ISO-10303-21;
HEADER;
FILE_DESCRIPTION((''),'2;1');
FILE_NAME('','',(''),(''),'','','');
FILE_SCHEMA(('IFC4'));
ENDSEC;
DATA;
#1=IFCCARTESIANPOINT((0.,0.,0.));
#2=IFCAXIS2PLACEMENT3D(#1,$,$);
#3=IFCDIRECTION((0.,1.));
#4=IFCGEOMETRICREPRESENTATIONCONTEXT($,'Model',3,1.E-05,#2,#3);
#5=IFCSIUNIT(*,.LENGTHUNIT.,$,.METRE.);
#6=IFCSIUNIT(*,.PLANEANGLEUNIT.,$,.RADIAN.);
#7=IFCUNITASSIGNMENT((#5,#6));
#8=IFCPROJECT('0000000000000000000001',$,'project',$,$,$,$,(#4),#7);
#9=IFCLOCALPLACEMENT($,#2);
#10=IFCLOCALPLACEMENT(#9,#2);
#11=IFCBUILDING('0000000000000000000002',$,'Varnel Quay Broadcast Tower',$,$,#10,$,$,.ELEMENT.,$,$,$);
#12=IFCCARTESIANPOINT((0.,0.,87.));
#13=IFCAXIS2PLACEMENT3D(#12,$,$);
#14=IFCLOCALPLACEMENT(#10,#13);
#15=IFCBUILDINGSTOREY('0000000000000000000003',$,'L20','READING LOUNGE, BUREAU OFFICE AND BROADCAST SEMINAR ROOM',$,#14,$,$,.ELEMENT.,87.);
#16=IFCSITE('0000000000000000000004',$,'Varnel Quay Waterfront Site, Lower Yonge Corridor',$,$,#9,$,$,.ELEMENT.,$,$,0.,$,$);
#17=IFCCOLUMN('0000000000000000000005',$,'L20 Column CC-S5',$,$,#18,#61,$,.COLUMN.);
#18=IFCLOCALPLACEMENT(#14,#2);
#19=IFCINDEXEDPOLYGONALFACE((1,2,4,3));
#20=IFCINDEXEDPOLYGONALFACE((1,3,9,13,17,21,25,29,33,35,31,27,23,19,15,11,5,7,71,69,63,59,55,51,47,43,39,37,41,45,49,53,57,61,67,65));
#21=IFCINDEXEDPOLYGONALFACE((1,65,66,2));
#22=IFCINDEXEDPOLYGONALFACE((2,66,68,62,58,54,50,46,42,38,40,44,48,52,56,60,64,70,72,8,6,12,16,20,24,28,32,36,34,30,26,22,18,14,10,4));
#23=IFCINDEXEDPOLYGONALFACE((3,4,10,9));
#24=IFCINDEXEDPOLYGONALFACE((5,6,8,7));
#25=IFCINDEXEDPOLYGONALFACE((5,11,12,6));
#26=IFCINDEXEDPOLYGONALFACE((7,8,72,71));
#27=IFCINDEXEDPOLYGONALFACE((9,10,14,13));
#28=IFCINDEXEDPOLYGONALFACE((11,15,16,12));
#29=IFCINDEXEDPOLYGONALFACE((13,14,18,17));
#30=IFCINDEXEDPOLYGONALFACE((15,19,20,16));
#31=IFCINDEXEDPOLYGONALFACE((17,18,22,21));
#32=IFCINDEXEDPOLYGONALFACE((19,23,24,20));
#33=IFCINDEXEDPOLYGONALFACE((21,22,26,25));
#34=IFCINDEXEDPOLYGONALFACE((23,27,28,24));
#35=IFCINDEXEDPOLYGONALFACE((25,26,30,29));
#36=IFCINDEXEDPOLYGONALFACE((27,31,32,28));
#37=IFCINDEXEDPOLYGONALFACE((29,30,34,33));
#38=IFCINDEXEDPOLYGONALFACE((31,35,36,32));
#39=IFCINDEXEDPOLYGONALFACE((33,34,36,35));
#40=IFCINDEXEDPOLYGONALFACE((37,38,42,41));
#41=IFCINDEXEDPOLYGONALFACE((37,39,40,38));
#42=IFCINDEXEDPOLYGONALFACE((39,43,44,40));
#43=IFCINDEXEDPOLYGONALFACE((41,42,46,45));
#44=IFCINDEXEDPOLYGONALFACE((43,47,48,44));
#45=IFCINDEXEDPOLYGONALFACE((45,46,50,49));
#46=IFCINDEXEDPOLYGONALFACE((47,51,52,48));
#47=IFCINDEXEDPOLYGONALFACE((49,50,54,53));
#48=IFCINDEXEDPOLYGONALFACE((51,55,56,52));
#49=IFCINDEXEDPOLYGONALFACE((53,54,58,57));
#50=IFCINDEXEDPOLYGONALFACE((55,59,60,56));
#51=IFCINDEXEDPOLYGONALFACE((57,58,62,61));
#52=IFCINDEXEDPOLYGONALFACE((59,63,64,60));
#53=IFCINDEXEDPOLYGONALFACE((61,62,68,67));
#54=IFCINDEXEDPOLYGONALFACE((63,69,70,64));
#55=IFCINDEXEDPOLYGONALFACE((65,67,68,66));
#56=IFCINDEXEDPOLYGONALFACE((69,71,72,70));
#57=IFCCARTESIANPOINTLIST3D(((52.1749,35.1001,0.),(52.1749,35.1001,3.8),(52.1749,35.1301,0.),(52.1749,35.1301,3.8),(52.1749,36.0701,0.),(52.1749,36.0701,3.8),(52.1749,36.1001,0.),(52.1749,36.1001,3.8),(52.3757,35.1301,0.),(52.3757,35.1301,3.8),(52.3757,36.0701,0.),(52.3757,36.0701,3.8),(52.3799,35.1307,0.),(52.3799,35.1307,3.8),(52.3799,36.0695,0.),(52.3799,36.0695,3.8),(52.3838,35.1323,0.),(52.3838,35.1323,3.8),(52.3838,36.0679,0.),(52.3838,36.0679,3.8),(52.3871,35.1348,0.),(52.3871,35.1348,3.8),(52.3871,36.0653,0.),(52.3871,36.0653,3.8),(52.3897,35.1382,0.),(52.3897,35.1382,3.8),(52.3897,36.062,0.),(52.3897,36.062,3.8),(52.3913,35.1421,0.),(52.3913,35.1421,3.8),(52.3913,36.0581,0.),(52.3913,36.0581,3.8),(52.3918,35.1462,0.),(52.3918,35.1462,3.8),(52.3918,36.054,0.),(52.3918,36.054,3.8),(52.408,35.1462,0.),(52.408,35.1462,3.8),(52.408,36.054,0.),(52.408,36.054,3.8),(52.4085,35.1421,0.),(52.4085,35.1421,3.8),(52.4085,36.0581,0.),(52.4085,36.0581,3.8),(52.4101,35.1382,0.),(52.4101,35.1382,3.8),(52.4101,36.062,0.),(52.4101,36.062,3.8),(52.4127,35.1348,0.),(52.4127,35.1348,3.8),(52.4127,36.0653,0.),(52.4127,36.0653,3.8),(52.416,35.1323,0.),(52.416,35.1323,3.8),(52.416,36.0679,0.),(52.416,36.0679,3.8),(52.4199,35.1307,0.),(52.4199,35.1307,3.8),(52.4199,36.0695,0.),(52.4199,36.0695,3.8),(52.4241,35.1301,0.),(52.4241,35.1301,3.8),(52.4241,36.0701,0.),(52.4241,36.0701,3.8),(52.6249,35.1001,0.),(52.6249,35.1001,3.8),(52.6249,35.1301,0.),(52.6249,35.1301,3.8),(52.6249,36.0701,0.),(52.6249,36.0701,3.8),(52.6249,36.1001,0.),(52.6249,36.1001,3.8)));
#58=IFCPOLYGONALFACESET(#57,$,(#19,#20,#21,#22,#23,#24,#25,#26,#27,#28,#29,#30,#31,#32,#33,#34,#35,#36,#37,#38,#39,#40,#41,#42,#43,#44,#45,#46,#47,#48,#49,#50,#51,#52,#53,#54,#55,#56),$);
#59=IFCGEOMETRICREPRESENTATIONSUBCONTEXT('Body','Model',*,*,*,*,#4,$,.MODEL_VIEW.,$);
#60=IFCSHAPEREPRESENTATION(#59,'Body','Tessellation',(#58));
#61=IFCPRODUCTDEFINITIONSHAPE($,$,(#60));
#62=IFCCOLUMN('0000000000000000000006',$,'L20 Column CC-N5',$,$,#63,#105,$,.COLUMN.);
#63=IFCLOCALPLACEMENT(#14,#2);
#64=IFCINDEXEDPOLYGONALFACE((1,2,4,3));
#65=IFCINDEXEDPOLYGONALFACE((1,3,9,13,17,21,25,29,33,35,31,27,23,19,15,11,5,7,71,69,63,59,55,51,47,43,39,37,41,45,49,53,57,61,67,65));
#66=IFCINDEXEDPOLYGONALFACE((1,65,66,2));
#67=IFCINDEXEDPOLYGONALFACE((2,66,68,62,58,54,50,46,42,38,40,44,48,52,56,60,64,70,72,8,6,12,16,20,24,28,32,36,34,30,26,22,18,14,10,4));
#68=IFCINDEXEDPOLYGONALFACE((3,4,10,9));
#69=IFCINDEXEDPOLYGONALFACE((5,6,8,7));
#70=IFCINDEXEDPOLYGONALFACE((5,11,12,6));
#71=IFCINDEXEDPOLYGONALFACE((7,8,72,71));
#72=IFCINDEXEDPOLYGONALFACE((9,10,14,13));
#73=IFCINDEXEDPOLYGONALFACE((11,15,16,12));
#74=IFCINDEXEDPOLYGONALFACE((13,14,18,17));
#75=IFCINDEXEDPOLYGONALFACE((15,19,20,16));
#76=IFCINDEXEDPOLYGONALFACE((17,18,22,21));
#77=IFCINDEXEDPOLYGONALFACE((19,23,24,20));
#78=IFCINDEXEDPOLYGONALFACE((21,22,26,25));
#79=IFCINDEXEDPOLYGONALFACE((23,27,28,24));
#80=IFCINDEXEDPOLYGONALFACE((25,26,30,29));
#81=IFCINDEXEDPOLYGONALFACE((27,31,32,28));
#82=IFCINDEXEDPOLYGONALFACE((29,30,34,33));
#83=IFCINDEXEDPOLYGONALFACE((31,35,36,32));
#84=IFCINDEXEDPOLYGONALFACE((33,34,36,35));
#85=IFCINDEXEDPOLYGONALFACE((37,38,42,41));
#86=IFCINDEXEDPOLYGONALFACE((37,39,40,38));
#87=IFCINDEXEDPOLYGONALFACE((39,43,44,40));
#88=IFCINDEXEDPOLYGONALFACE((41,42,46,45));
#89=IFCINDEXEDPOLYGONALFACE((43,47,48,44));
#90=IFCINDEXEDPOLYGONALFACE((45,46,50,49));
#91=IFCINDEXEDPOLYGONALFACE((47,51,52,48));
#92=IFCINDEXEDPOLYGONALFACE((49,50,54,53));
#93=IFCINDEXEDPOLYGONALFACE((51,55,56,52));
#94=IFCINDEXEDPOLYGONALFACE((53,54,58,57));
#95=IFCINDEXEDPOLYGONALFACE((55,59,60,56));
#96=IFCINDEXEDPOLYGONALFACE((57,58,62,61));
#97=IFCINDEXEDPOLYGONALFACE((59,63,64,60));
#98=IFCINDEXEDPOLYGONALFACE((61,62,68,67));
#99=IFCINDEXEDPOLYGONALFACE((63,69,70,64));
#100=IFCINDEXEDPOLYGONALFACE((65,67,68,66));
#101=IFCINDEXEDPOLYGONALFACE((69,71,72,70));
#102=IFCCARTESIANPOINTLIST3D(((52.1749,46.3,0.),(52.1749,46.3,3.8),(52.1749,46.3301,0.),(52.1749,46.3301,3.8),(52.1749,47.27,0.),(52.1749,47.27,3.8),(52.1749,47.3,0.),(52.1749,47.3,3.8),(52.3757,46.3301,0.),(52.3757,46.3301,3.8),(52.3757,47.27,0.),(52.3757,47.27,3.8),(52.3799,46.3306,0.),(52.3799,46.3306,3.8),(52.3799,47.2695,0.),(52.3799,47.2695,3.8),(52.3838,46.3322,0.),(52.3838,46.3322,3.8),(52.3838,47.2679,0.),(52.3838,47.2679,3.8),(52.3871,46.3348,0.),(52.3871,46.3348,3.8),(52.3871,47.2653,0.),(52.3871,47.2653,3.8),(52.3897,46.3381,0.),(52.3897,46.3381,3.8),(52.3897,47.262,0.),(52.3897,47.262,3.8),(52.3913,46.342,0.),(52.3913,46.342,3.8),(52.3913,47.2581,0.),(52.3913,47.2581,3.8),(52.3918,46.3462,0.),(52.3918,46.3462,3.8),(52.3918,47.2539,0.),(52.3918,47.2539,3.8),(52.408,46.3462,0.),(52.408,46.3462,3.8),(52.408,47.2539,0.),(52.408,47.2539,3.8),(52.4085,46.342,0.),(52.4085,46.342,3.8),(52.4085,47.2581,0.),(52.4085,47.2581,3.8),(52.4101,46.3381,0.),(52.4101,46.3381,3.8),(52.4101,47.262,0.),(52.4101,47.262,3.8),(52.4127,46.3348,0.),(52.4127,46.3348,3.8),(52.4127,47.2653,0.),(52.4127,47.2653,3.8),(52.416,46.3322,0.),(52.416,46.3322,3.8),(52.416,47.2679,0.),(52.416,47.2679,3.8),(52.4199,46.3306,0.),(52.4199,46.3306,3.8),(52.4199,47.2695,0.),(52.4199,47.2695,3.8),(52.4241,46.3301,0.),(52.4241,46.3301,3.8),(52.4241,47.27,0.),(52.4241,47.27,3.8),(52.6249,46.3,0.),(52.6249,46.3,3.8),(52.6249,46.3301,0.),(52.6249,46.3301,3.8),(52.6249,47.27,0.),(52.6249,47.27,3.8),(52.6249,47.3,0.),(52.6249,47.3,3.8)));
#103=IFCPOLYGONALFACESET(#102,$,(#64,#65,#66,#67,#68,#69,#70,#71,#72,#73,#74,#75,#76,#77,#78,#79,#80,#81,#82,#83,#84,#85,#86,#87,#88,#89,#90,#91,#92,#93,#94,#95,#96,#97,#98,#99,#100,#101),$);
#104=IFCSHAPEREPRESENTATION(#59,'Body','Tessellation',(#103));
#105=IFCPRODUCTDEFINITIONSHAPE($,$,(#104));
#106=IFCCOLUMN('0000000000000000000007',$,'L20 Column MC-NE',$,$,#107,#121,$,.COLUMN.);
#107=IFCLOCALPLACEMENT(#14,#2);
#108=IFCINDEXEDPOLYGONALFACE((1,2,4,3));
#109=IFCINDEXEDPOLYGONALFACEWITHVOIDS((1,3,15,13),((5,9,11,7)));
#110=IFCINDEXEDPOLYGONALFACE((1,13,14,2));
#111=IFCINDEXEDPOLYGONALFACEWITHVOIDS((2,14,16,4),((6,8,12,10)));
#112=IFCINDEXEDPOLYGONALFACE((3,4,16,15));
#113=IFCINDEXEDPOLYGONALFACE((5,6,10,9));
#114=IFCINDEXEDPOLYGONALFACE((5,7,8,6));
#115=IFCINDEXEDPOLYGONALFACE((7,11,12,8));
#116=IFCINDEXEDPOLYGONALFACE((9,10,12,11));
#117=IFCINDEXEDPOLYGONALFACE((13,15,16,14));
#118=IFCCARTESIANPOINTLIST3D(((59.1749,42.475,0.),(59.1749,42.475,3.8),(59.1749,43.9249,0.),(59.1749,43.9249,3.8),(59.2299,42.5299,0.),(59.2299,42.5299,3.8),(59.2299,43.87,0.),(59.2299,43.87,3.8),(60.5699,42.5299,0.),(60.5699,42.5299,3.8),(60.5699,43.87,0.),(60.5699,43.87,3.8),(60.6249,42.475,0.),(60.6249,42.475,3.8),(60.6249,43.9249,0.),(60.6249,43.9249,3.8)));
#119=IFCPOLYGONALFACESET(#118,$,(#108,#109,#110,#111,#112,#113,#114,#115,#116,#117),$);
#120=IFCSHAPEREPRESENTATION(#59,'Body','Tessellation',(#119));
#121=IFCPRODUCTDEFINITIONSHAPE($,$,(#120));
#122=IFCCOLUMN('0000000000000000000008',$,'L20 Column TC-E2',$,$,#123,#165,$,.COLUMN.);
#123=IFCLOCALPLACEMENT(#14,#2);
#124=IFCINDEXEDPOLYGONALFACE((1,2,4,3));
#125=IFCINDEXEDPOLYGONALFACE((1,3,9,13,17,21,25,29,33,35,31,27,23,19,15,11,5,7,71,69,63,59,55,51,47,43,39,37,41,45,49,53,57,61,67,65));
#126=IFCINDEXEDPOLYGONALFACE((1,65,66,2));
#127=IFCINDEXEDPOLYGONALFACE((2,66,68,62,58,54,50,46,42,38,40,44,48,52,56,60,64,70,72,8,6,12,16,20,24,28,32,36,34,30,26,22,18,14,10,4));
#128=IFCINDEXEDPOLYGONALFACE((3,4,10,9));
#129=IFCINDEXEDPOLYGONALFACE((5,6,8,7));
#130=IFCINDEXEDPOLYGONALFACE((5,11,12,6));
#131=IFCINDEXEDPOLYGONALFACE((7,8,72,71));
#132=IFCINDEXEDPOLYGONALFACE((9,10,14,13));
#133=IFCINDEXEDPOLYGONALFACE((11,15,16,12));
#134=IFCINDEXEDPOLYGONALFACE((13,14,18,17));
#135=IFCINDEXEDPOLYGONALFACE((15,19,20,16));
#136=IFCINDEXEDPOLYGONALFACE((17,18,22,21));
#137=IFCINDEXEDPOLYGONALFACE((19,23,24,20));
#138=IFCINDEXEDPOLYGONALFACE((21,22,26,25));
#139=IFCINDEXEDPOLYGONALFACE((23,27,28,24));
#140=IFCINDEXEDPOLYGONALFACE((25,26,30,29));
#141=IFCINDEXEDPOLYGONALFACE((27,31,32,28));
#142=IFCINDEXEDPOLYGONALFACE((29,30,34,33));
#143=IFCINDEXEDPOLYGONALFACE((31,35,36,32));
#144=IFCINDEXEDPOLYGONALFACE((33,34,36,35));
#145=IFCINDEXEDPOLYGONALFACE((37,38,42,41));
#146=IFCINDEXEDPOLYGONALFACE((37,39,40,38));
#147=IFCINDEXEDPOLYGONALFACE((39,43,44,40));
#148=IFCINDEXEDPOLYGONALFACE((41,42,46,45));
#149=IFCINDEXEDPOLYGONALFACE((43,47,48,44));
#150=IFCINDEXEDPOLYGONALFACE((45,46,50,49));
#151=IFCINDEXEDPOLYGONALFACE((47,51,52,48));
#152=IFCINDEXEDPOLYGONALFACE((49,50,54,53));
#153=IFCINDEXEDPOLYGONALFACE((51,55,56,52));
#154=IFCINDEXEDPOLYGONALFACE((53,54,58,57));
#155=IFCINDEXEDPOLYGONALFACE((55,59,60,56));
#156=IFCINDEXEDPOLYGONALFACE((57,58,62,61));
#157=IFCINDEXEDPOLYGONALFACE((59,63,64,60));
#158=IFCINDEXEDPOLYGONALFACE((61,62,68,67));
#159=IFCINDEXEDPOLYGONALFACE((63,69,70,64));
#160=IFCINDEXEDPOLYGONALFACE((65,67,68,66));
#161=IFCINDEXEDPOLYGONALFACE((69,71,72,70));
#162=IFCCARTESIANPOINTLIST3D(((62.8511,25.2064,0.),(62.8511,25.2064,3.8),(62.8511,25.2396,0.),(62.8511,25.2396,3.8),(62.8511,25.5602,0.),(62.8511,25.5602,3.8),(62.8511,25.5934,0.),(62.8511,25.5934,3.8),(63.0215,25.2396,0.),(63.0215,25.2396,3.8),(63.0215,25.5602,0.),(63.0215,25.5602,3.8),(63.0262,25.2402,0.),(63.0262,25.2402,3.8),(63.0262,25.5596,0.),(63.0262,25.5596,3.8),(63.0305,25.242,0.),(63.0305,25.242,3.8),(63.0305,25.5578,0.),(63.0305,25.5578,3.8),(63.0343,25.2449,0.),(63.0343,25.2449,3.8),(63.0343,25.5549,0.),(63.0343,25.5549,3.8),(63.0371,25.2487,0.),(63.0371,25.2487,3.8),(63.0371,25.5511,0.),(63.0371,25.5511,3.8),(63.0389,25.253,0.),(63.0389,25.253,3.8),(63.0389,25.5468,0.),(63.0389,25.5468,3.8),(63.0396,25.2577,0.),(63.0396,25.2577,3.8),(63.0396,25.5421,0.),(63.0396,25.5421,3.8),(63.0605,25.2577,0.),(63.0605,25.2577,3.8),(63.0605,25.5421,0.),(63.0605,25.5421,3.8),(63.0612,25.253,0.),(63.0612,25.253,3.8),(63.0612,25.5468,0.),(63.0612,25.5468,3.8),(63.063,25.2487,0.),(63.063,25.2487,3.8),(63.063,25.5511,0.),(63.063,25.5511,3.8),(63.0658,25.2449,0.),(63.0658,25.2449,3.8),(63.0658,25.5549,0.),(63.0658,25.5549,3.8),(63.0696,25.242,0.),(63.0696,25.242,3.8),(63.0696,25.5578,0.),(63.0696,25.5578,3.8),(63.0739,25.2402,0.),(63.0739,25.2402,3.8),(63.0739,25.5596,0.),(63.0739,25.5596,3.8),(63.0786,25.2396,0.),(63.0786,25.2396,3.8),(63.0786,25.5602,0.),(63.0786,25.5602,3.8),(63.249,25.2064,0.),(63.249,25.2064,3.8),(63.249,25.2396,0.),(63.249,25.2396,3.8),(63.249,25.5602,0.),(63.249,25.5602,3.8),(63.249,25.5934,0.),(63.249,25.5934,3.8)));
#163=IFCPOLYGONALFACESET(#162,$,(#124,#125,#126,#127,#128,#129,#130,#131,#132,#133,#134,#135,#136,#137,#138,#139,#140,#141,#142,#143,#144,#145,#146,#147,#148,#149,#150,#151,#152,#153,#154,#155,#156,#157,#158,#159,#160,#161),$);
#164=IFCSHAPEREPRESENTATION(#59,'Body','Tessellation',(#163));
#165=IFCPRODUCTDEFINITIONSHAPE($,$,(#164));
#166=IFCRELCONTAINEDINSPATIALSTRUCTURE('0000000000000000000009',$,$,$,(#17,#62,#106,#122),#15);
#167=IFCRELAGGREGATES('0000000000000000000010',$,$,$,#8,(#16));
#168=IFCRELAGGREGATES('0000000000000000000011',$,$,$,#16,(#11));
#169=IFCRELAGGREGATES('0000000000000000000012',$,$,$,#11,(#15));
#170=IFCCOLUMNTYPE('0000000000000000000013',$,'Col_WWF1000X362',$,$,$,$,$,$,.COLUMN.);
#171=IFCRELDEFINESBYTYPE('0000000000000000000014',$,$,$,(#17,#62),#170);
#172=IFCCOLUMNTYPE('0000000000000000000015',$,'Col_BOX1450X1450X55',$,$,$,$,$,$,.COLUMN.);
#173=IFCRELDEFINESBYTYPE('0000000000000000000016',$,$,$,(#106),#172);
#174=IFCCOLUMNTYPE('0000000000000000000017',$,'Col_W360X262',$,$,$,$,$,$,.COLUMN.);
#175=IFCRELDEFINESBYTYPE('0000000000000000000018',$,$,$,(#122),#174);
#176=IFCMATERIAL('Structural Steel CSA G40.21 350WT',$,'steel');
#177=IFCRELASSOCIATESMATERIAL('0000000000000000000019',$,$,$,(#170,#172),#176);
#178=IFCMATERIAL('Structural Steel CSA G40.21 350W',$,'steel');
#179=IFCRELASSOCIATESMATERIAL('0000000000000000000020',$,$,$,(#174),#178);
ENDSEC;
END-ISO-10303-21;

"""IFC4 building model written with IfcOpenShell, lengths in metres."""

from ifc_helpers import new_model, si_unit, direction, frame, origin, origin_2d, place, context, subcontext, project, spatial, hollow_rectangle, i_section, extrude, source, transform, mapped, material, material_profile, profile_set, type_object, type_shapes, element, save


model = new_model("IFC4")

# Units and contexts
model_context = context("Model", 3, precision=1e-05, world=origin(), true_north=direction((0.0, 1.0)))
body_context = subcontext(model_context, "Body", "Model", "MODEL_VIEW")
ifc_project = project(units=[si_unit("LENGTHUNIT", "METRE"), si_unit("PLANEANGLEUNIT", "RADIAN")], contexts=[model_context])

# Site, building, storey
site_placement = place(None, origin())
site = spatial("IfcSite", under=ifc_project, at=site_placement, Name="Varnel Quay Waterfront Site, Lower Yonge Corridor", CompositionType="ELEMENT", RefElevation=0.0)
building_placement = place(site_placement, origin())
building = spatial("IfcBuilding", under=site, at=building_placement, Name="Varnel Quay Broadcast Tower", CompositionType="ELEMENT")
storey_placement = place(building_placement, frame((0.0, 0.0, 87.0)))
storey = spatial("IfcBuildingStorey", under=building, at=storey_placement, Name="L20", Description="READING LOUNGE, BUREAU OFFICE AND BROADCAST SEMINAR ROOM", CompositionType="ELEMENT", Elevation=87.0)

# Columns
ifc_material_1 = material(Name="Structural Steel CSA G40.21 350WT", Category="steel")
ifc_material_profile_1 = material_profile(ifc_material_1, i_section(OverallWidth=0.45, OverallDepth=1.0, WebThickness=0.0161, FlangeThickness=0.03, FilletRadius=0.0161, at=origin_2d()), Name="WWF1000X362")
ifc_profile_set_1 = profile_set([ifc_material_profile_1], Name="Structural Steel CSA G40.21 350WT")
column_type_1 = type_object("IfcColumnType", Name="Col_WWF1000X362", PredefinedType="COLUMN", material=ifc_profile_set_1)
shared_shape_1 = source(origin(), body_context, "Body", "SweptSolid", [
    extrude(i_section(OverallWidth=0.45, OverallDepth=1.0, WebThickness=0.0161, FlangeThickness=0.03, FilletRadius=0.0161, at=origin_2d()), origin(), (0.0, 0.0, 1.0), 3.8),
])
type_shapes(column_type_1, [shared_shape_1])
for number, where, z_axis, x_axis, name in (
    (1, (52.3999, 35.6001, 0.0), (0.0, 0.0, 1.0), (1.0, 0.0, 0.0), "L20 Column CC-S5"),
    (2, (52.3999, 46.8, 0.0), (0.0, 0.0, 1.0), (1.0, 0.0, 0.0), "L20 Column CC-N5"),
):
    element("IfcColumn", number, at=place(storey_placement, frame(where, z_axis=z_axis, x_axis=x_axis)), inside=storey, type_object=column_type_1, Name=name, PredefinedType="COLUMN", context=body_context, shape_type="MappedRepresentation", body=[
        mapped(shared_shape_1, transform((0.0, 0.0, 0.0), x_axis=(1.0, 0.0, 0.0), y_axis=(0.0, 1.0, 0.0), z_axis=(0.0, 0.0, 1.0), scale=1.0)),
    ])
ifc_material_profile_2 = material_profile(ifc_material_1, hollow_rectangle(XDim=1.45, YDim=1.45, WallThickness=0.0549, at=origin_2d()), Name="BOX1450X1450X55")
ifc_profile_set_2 = profile_set([ifc_material_profile_2], Name="Structural Steel CSA G40.21 350WT")
column_type_2 = type_object("IfcColumnType", Name="Col_BOX1450X1450X55", PredefinedType="COLUMN", material=ifc_profile_set_2)
shared_shape_2 = source(origin(), body_context, "Body", "SweptSolid", [
    extrude(hollow_rectangle(XDim=1.45, YDim=1.45, WallThickness=0.0549, at=origin_2d()), origin(), (0.0, 0.0, 1.0), 3.8),
])
type_shapes(column_type_2, [shared_shape_2])
column_placement = place(storey_placement, frame((59.8999, 43.2, 0.0), z_axis=(0.0, 0.0, 1.0), x_axis=(1.0, 0.0, 0.0)))
element("IfcColumn", 3, at=column_placement, inside=storey, type_object=column_type_2, Name="L20 Column MC-NE", PredefinedType="COLUMN", context=body_context, shape_type="MappedRepresentation", body=[
    mapped(shared_shape_2, transform((0.0, 0.0, 0.0), x_axis=(1.0, 0.0, 0.0), y_axis=(0.0, 1.0, 0.0), z_axis=(0.0, 0.0, 1.0), scale=1.0)),
])
ifc_material_2 = material(Name="Structural Steel CSA G40.21 350W", Category="steel")
ifc_material_profile_3 = material_profile(ifc_material_2, i_section(OverallWidth=0.3979, OverallDepth=0.387, WebThickness=0.021, FlangeThickness=0.0332, FilletRadius=0.0181, at=origin_2d()), Name="W360X262")
ifc_profile_set_3 = profile_set([ifc_material_profile_3], Name="Structural Steel CSA G40.21 350W")
column_type_3 = type_object("IfcColumnType", Name="Col_W360X262", PredefinedType="COLUMN", material=ifc_profile_set_3)
shared_shape_3 = source(origin(), body_context, "Body", "SweptSolid", [
    extrude(i_section(OverallWidth=0.3979, OverallDepth=0.387, WebThickness=0.021, FlangeThickness=0.0332, FilletRadius=0.0181, at=origin_2d()), origin(), (0.0, 0.0, 1.0), 3.8),
])
type_shapes(column_type_3, [shared_shape_3])
for number, where, z_axis, x_axis, name in (
    (4, (63.05, 25.3999, 0.0), (0.0, 0.0, 1.0), (1.0, 0.0, 0.0), "L20 Column TC-E2"),
):
    element("IfcColumn", number, at=place(storey_placement, frame(where, z_axis=z_axis, x_axis=x_axis)), inside=storey, type_object=column_type_3, Name=name, PredefinedType="COLUMN", context=body_context, shape_type="MappedRepresentation", body=[
        mapped(shared_shape_3, transform((0.0, 0.0, 0.0), x_axis=(1.0, 0.0, 0.0), y_axis=(0.0, 1.0, 0.0), z_axis=(0.0, 0.0, 1.0), scale=1.0)),
    ])

save(model, "model.ifc")
